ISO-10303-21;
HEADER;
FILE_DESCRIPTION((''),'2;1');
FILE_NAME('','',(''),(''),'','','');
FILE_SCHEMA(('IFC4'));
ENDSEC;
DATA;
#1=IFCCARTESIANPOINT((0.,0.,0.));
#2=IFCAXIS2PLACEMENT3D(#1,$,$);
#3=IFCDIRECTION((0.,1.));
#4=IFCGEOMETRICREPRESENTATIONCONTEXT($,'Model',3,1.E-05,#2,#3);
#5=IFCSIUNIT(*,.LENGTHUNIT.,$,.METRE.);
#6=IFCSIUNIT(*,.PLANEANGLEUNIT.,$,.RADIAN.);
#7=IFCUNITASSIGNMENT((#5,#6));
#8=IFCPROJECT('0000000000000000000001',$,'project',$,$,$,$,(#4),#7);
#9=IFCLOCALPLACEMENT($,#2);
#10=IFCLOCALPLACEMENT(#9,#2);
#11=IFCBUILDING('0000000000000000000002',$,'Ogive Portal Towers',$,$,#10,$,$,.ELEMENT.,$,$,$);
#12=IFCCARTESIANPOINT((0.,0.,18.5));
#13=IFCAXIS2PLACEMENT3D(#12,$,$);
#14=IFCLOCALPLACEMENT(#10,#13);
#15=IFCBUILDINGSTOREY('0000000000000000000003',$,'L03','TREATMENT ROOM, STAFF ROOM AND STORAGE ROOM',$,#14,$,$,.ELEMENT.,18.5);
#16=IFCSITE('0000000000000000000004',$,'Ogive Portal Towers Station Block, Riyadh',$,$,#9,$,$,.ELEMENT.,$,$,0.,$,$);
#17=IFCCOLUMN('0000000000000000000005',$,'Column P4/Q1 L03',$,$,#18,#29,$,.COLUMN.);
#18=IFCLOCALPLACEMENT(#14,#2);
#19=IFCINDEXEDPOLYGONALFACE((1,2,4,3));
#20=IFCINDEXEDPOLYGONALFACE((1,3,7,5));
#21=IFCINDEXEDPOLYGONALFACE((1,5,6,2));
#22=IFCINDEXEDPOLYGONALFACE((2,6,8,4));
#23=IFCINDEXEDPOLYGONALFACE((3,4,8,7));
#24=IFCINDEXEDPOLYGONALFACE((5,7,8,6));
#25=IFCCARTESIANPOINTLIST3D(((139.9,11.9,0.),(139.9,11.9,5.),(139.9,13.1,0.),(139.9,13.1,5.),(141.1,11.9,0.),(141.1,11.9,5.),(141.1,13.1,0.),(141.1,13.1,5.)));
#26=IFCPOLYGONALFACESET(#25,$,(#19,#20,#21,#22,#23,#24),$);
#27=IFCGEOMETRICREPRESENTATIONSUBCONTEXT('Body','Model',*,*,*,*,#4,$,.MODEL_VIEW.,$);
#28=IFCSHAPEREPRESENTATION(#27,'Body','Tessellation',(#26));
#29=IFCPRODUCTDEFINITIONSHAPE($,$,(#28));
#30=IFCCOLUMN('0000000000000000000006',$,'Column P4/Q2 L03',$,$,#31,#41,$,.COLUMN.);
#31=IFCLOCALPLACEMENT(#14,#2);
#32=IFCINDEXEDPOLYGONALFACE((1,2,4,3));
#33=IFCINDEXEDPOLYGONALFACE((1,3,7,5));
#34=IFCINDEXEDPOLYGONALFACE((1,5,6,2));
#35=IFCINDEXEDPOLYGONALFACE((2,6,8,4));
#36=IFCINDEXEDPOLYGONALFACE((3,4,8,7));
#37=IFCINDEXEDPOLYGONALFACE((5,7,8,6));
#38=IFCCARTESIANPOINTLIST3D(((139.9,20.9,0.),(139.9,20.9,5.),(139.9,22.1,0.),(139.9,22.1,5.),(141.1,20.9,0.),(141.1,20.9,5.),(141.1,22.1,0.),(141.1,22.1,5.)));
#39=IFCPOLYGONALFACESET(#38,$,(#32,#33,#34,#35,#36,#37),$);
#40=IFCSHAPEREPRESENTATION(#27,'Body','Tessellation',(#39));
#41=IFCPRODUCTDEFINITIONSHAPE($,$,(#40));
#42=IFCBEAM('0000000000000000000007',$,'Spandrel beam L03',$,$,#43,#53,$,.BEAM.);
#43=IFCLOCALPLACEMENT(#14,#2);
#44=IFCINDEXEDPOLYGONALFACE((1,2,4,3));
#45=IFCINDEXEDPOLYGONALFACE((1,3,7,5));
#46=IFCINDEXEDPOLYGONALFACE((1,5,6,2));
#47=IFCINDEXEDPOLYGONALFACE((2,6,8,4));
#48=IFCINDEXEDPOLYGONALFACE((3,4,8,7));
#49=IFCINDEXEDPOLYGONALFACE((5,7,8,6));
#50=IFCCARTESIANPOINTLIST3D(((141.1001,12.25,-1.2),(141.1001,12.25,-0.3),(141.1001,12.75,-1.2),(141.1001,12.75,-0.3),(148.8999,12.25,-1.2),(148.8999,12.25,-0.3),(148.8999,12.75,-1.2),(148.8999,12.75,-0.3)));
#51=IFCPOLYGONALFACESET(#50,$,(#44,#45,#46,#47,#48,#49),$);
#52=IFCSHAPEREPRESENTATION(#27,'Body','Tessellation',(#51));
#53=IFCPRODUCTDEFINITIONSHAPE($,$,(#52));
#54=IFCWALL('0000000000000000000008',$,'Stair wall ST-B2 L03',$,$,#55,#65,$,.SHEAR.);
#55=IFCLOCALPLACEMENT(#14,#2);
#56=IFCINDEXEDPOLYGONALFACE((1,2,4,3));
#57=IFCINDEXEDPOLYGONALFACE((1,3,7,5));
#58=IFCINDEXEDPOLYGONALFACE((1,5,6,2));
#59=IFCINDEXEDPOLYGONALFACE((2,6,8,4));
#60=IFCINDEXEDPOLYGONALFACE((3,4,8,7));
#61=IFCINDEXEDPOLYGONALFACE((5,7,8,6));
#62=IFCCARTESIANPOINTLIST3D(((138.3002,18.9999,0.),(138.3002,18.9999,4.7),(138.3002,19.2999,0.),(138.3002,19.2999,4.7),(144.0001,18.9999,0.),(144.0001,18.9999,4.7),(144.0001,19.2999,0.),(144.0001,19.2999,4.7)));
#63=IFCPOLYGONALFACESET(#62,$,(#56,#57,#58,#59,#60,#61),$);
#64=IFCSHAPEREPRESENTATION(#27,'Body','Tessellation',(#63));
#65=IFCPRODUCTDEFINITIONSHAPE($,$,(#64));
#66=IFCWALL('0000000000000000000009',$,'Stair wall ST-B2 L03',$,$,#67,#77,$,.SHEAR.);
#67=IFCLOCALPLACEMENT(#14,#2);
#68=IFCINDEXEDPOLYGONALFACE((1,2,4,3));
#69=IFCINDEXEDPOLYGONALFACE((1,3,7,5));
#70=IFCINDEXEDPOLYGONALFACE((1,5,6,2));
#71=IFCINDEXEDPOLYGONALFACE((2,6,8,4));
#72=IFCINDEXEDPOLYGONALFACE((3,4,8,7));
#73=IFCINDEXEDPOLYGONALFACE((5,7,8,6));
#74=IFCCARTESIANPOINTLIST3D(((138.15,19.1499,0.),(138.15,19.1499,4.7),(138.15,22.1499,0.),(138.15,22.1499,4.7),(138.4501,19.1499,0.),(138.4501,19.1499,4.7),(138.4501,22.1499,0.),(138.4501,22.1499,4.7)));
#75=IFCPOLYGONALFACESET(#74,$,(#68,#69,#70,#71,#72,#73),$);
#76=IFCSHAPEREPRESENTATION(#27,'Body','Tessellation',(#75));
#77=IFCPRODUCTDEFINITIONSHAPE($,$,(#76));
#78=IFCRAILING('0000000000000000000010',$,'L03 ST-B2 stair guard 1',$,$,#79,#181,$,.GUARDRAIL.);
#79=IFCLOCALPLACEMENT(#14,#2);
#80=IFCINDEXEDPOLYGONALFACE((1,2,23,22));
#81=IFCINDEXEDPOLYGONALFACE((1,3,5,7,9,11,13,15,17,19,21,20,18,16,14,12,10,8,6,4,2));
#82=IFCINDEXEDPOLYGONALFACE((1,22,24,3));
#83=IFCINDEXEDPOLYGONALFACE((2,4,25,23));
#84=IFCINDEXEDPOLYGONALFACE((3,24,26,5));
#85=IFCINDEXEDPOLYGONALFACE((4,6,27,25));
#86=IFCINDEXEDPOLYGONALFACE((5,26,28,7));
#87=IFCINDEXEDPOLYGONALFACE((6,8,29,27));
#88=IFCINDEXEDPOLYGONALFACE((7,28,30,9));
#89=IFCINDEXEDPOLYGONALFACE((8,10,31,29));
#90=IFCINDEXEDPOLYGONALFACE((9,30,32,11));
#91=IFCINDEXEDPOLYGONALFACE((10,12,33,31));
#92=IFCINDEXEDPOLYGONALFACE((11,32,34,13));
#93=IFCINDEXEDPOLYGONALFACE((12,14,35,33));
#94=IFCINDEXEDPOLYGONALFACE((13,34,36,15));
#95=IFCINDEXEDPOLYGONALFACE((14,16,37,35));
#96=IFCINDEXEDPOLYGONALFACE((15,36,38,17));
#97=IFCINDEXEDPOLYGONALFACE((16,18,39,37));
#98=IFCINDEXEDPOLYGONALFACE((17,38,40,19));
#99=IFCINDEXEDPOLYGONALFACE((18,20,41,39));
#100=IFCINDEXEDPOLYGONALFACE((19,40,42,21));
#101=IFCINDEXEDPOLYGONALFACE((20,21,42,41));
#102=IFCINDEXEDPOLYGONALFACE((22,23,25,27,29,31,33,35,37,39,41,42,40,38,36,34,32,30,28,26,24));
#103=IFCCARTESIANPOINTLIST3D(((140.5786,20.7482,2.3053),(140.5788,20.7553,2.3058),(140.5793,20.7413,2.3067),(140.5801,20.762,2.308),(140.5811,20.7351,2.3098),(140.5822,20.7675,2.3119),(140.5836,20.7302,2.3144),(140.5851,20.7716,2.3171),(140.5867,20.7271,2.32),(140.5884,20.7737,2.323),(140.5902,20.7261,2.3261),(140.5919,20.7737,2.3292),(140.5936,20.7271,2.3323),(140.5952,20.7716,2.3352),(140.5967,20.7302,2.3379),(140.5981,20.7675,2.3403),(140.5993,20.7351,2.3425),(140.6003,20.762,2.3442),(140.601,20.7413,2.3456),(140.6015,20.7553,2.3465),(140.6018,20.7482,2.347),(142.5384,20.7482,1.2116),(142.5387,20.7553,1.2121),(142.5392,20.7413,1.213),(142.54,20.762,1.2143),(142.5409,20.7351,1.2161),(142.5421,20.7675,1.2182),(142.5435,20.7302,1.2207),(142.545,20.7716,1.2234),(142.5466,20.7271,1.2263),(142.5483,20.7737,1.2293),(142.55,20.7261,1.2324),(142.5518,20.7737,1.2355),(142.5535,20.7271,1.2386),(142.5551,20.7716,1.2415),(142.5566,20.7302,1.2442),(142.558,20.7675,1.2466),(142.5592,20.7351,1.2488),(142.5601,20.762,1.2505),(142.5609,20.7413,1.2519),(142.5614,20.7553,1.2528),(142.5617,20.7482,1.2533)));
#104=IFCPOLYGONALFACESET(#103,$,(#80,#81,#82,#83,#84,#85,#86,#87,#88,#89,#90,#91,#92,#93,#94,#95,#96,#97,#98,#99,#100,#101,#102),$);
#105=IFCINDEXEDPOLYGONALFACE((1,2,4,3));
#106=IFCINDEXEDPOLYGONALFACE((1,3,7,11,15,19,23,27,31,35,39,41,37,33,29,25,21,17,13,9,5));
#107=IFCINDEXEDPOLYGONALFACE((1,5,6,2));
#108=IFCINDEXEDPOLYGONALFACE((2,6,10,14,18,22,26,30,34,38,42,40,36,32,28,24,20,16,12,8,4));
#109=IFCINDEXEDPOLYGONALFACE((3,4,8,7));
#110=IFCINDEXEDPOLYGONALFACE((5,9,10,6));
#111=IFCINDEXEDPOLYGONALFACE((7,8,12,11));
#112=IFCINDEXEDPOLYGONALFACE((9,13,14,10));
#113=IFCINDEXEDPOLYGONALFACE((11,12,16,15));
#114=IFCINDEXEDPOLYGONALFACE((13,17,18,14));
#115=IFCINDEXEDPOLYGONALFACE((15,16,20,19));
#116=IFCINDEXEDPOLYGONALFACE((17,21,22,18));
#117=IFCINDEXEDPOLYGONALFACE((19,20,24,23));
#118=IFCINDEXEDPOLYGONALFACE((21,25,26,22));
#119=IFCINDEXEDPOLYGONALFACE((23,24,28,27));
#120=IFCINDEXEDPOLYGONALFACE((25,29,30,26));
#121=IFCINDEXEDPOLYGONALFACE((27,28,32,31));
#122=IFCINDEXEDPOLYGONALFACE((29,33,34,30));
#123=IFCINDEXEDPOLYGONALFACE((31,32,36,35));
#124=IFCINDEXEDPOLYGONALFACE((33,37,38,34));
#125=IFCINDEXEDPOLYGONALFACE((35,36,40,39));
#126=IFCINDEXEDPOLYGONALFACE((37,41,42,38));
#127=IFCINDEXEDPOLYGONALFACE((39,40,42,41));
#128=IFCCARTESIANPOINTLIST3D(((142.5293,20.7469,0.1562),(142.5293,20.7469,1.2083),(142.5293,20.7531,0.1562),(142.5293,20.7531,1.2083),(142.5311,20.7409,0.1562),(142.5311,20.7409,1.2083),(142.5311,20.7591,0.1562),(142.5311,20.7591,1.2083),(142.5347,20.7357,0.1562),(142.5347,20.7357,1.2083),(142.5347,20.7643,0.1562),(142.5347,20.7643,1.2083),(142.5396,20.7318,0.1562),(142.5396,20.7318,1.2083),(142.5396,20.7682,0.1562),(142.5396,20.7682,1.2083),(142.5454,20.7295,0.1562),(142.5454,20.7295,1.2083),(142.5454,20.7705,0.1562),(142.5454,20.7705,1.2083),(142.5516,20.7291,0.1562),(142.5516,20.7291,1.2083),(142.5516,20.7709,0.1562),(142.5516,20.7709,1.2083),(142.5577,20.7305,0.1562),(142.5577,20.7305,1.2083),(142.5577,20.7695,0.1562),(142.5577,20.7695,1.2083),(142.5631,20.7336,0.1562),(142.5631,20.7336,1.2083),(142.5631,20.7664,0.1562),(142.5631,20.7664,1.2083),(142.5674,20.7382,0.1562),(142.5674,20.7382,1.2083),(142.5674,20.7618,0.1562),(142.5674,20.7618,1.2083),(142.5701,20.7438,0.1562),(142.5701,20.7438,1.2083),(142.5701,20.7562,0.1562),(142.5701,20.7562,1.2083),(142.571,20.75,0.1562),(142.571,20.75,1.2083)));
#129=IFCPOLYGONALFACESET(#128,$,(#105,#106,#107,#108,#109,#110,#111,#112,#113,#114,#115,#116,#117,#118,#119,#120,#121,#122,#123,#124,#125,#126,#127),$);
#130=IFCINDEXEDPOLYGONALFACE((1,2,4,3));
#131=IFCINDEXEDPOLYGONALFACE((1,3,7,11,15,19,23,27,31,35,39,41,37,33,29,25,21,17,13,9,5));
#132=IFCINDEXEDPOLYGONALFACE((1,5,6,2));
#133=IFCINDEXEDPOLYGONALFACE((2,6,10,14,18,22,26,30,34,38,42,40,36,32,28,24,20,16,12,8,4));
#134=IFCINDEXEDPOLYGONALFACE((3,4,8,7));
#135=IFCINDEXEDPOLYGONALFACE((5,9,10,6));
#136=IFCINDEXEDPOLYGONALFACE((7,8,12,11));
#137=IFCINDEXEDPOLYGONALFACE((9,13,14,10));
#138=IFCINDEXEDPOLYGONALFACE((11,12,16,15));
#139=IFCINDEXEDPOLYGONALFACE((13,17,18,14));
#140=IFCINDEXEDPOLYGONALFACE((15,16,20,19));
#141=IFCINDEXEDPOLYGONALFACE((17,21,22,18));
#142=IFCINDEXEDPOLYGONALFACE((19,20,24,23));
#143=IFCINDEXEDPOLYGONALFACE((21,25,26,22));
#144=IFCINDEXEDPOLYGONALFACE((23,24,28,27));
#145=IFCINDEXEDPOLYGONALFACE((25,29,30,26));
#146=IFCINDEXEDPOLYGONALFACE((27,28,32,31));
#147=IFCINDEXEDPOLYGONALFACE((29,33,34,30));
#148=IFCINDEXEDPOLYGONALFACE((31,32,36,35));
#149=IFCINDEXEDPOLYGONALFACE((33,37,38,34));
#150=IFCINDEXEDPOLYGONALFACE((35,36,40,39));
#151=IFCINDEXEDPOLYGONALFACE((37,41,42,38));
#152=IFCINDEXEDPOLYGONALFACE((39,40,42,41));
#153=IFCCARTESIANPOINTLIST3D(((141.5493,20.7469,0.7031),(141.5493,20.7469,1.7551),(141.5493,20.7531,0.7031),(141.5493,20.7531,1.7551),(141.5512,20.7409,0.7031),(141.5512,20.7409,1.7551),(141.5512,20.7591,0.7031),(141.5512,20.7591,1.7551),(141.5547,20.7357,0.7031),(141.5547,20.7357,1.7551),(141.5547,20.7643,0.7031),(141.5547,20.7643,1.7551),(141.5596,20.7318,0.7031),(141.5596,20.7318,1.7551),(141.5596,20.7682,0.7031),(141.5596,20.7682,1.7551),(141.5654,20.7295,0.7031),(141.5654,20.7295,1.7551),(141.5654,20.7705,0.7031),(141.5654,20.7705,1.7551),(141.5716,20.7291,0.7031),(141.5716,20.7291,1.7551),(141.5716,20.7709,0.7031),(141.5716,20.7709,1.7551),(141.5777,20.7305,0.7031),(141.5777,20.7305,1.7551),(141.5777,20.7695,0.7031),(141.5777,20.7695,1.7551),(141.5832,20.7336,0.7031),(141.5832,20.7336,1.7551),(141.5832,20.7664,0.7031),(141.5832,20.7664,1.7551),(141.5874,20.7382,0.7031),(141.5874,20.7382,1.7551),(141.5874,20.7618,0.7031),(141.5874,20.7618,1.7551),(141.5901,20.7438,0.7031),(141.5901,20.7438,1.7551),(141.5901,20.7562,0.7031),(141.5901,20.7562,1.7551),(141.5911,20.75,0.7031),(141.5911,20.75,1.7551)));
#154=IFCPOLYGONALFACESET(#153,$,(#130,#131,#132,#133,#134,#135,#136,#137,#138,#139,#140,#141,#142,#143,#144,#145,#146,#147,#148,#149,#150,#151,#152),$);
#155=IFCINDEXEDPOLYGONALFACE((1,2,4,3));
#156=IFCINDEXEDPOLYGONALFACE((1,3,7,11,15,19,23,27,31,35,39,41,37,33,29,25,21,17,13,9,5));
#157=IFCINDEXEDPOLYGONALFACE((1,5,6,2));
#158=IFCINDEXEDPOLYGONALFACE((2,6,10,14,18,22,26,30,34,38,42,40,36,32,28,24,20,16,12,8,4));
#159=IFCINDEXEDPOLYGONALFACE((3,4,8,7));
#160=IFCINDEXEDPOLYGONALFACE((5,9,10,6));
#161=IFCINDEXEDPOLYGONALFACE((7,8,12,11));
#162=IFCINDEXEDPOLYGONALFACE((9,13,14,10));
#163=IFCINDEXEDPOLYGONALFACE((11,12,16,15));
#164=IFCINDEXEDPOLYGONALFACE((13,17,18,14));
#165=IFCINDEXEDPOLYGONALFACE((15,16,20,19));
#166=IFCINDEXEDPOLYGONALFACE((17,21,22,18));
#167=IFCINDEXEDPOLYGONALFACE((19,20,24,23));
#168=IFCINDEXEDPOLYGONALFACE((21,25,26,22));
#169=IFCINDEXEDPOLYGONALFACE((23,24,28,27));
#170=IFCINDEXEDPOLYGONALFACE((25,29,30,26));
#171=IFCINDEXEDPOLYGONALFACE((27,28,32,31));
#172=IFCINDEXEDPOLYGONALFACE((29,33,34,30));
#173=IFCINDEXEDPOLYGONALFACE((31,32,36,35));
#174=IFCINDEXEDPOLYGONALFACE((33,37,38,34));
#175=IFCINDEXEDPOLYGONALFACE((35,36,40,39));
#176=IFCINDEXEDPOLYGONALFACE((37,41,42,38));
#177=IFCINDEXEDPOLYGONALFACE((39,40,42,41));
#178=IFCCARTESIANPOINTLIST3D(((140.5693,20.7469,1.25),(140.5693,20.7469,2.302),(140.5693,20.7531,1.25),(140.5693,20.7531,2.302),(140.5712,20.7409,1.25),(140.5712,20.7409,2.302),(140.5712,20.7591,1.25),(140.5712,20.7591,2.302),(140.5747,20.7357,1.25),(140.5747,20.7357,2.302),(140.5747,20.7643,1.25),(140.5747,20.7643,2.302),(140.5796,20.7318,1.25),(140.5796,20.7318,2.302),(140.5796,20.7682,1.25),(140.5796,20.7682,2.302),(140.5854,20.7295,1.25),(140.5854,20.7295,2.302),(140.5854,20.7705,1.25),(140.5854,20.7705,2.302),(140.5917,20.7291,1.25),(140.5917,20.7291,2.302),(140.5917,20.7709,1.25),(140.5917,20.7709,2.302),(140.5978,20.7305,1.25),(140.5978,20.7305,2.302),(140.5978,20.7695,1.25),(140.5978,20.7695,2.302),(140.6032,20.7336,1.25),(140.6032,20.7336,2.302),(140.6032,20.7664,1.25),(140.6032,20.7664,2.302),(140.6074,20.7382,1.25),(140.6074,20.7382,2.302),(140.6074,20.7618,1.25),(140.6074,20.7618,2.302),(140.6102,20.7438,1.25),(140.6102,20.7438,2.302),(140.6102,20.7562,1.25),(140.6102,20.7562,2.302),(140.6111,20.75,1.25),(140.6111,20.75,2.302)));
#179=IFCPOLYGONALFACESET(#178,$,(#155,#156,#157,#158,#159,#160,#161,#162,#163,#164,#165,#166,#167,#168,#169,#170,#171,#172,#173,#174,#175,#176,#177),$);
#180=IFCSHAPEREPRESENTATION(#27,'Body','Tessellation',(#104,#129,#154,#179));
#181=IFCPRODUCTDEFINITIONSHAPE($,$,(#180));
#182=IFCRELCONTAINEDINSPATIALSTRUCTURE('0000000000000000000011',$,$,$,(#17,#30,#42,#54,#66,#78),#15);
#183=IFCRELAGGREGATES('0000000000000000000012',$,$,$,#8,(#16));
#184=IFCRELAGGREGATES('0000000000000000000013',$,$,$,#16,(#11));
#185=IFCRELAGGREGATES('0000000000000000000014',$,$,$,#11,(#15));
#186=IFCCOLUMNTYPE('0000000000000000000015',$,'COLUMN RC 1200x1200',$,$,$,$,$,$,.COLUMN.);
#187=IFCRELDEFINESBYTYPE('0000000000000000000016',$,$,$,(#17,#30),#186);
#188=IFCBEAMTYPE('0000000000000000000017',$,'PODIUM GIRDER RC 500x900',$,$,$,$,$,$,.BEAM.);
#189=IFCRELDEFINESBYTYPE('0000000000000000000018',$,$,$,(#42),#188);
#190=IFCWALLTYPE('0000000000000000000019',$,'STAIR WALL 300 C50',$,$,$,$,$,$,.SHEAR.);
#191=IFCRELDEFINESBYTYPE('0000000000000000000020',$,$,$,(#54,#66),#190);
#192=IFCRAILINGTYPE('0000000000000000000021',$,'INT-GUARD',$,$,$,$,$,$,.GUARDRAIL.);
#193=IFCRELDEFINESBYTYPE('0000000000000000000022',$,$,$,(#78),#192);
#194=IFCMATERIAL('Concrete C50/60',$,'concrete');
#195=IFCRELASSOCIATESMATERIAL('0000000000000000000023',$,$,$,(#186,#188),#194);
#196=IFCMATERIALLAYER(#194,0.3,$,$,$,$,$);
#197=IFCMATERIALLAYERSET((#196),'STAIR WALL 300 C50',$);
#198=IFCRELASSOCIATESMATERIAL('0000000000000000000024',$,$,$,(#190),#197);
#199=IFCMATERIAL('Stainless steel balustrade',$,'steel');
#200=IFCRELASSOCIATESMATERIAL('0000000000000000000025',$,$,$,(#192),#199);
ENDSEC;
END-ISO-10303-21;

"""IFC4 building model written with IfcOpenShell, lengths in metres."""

from ifc_helpers import new_model, si_unit, direction, frame, frame_2d, origin, origin_2d, place, context, subcontext, project, spatial, rectangle, circle, extrude, material, layer, layer_set, material_profile, profile_set, type_object, element, save


model = new_model("IFC4")

# Units and contexts
model_context = context("Model", 3, precision=1e-05, world=origin(), true_north=direction((0.0, 1.0)))
body_context = subcontext(model_context, "Body", "Model", "MODEL_VIEW")
ifc_project = project(units=[si_unit("LENGTHUNIT", "METRE"), si_unit("PLANEANGLEUNIT", "RADIAN")], contexts=[model_context])

# Site, building, storey
site_placement = place(None, origin())
site = spatial("IfcSite", under=ifc_project, at=site_placement, Name="Ogive Portal Towers Station Block, Riyadh", CompositionType="ELEMENT", RefElevation=0.0)
building_placement = place(site_placement, origin())
building = spatial("IfcBuilding", under=site, at=building_placement, Name="Ogive Portal Towers", CompositionType="ELEMENT")
storey_placement = place(building_placement, frame((0.0, 0.0, 18.5)))
storey = spatial("IfcBuildingStorey", under=building, at=storey_placement, Name="L03", Description="TREATMENT ROOM, STAFF ROOM AND STORAGE ROOM", CompositionType="ELEMENT", Elevation=18.5)

# Columns
ifc_material_1 = material(Name="Concrete C50/60", Category="concrete")
ifc_material_profile_1 = material_profile(ifc_material_1, rectangle(XDim=1.2, YDim=1.2, at=origin_2d()), Name="RC 1200x1200")
ifc_profile_set_1 = profile_set([ifc_material_profile_1], Name="Concrete C50/60")
column_type = type_object("IfcColumnType", Name="COLUMN RC 1200x1200", PredefinedType="COLUMN", material=ifc_profile_set_1)
for number, where, z_axis, x_axis, name in (
    (1, (140.5, 12.5, 0.0), (0.0, 0.0, 1.0), (1.0, 0.0, 0.0), "Column P4/Q1 L03"),
    (2, (140.5, 21.5, 0.0), (0.0, 0.0, 1.0), (1.0, 0.0, 0.0), "Column P4/Q2 L03"),
):
    element("IfcColumn", number, at=place(storey_placement, frame(where, z_axis=z_axis, x_axis=x_axis)), inside=storey, type_object=column_type, Name=name, PredefinedType="COLUMN", context=body_context, shape_type="SweptSolid", body=[
        extrude(rectangle(XDim=1.2, YDim=1.2, at=origin_2d()), origin(), (0.0, 0.0, 1.0), 5.0),
    ])

# Beam
ifc_material_profile_2 = material_profile(ifc_material_1, rectangle(XDim=0.5, YDim=0.8999, at=origin_2d()), Name="RC 500x900")
ifc_profile_set_2 = profile_set([ifc_material_profile_2], Name="Concrete C50/60")
beam_type = type_object("IfcBeamType", Name="PODIUM GIRDER RC 500x900", PredefinedType="BEAM", material=ifc_profile_set_2)
beam_placement = place(storey_placement, frame((141.1001, 12.5, -0.75), z_axis=(1.0, 0.0, 0.0), x_axis=(0.0, 1.0, 0.0)))
element("IfcBeam", 3, at=beam_placement, inside=storey, type_object=beam_type, Name="Spandrel beam L03", PredefinedType="BEAM", context=body_context, shape_type="SweptSolid", body=[
    extrude(rectangle(XDim=0.5, YDim=0.8999, at=origin_2d()), origin(), (0.0, 0.0, 1.0), 7.7998),
])

# Walls
ifc_layer_1 = layer(ifc_material_1, 0.3)
ifc_layer_set_1 = layer_set([ifc_layer_1], Name="STAIR WALL 300 C50")
wall_type = type_object("IfcWallType", Name="STAIR WALL 300 C50", PredefinedType="SHEAR", material=ifc_layer_set_1)
wall_1_placement = place(storey_placement, frame((138.3, 19.1499, 0.0), z_axis=(0.0, 0.0, 1.0), x_axis=(1.0, 0.0, 0.0)))
element("IfcWall", 4, at=wall_1_placement, inside=storey, type_object=wall_type, Name="Stair wall ST-B2 L03", PredefinedType="SHEAR", context=body_context, shape_type="SweptSolid", body=[
    extrude(rectangle(XDim=5.7, YDim=0.3, at=frame_2d((2.8501, 0.0))), origin(), (0.0, 0.0, 1.0), 4.7),
])
wall_2_placement = place(storey_placement, frame((138.3, 19.1499, 0.0), z_axis=(0.0, 0.0, 1.0), x_axis=(0.0, 1.0, 0.0)))
element("IfcWall", 5, at=wall_2_placement, inside=storey, type_object=wall_type, Name="Stair wall ST-B2 L03", PredefinedType="SHEAR", context=body_context, shape_type="SweptSolid", body=[
    extrude(rectangle(XDim=3.0, YDim=0.3, at=frame_2d((1.5, 0.0))), origin(), (0.0, 0.0, 1.0), 4.7),
])

# Railing
ifc_material_2 = material(Name="Stainless steel balustrade", Category="steel")
railing_type_1 = type_object("IfcRailingType", Name="INT-GUARD", PredefinedType="GUARDRAIL", material=ifc_material_2)
railing_1_placement = place(storey_placement, frame((142.55, 20.75, 0.1562)))
element("IfcRailing", 6, at=railing_1_placement, inside=storey, type_object=railing_type_1, Name="L03 ST-B2 stair guard 1", PredefinedType="GUARDRAIL", context=body_context, shape_type="SweptSolid", body=[
    extrude(circle(Radius=0.0239, at=origin_2d()), frame((0.0, 0.0, 1.0762), z_axis=(-0.873232, 0.0, 0.487304), x_axis=(0.0, -1.0, 0.0)), (0.0, 0.0, 1.0), 2.2444),
    extrude(circle(Radius=0.021, at=origin_2d()), origin(), (0.0, 0.0, 1.0), 1.052),
    extrude(circle(Radius=0.021, at=origin_2d()), frame((-0.98, 0.0, 0.5469)), (0.0, 0.0, 1.0), 1.052),
    extrude(circle(Radius=0.021, at=origin_2d()), frame((-1.96, 0.0, 1.0938)), (0.0, 0.0, 1.0), 1.052),
])

save(model, "model.ifc")
